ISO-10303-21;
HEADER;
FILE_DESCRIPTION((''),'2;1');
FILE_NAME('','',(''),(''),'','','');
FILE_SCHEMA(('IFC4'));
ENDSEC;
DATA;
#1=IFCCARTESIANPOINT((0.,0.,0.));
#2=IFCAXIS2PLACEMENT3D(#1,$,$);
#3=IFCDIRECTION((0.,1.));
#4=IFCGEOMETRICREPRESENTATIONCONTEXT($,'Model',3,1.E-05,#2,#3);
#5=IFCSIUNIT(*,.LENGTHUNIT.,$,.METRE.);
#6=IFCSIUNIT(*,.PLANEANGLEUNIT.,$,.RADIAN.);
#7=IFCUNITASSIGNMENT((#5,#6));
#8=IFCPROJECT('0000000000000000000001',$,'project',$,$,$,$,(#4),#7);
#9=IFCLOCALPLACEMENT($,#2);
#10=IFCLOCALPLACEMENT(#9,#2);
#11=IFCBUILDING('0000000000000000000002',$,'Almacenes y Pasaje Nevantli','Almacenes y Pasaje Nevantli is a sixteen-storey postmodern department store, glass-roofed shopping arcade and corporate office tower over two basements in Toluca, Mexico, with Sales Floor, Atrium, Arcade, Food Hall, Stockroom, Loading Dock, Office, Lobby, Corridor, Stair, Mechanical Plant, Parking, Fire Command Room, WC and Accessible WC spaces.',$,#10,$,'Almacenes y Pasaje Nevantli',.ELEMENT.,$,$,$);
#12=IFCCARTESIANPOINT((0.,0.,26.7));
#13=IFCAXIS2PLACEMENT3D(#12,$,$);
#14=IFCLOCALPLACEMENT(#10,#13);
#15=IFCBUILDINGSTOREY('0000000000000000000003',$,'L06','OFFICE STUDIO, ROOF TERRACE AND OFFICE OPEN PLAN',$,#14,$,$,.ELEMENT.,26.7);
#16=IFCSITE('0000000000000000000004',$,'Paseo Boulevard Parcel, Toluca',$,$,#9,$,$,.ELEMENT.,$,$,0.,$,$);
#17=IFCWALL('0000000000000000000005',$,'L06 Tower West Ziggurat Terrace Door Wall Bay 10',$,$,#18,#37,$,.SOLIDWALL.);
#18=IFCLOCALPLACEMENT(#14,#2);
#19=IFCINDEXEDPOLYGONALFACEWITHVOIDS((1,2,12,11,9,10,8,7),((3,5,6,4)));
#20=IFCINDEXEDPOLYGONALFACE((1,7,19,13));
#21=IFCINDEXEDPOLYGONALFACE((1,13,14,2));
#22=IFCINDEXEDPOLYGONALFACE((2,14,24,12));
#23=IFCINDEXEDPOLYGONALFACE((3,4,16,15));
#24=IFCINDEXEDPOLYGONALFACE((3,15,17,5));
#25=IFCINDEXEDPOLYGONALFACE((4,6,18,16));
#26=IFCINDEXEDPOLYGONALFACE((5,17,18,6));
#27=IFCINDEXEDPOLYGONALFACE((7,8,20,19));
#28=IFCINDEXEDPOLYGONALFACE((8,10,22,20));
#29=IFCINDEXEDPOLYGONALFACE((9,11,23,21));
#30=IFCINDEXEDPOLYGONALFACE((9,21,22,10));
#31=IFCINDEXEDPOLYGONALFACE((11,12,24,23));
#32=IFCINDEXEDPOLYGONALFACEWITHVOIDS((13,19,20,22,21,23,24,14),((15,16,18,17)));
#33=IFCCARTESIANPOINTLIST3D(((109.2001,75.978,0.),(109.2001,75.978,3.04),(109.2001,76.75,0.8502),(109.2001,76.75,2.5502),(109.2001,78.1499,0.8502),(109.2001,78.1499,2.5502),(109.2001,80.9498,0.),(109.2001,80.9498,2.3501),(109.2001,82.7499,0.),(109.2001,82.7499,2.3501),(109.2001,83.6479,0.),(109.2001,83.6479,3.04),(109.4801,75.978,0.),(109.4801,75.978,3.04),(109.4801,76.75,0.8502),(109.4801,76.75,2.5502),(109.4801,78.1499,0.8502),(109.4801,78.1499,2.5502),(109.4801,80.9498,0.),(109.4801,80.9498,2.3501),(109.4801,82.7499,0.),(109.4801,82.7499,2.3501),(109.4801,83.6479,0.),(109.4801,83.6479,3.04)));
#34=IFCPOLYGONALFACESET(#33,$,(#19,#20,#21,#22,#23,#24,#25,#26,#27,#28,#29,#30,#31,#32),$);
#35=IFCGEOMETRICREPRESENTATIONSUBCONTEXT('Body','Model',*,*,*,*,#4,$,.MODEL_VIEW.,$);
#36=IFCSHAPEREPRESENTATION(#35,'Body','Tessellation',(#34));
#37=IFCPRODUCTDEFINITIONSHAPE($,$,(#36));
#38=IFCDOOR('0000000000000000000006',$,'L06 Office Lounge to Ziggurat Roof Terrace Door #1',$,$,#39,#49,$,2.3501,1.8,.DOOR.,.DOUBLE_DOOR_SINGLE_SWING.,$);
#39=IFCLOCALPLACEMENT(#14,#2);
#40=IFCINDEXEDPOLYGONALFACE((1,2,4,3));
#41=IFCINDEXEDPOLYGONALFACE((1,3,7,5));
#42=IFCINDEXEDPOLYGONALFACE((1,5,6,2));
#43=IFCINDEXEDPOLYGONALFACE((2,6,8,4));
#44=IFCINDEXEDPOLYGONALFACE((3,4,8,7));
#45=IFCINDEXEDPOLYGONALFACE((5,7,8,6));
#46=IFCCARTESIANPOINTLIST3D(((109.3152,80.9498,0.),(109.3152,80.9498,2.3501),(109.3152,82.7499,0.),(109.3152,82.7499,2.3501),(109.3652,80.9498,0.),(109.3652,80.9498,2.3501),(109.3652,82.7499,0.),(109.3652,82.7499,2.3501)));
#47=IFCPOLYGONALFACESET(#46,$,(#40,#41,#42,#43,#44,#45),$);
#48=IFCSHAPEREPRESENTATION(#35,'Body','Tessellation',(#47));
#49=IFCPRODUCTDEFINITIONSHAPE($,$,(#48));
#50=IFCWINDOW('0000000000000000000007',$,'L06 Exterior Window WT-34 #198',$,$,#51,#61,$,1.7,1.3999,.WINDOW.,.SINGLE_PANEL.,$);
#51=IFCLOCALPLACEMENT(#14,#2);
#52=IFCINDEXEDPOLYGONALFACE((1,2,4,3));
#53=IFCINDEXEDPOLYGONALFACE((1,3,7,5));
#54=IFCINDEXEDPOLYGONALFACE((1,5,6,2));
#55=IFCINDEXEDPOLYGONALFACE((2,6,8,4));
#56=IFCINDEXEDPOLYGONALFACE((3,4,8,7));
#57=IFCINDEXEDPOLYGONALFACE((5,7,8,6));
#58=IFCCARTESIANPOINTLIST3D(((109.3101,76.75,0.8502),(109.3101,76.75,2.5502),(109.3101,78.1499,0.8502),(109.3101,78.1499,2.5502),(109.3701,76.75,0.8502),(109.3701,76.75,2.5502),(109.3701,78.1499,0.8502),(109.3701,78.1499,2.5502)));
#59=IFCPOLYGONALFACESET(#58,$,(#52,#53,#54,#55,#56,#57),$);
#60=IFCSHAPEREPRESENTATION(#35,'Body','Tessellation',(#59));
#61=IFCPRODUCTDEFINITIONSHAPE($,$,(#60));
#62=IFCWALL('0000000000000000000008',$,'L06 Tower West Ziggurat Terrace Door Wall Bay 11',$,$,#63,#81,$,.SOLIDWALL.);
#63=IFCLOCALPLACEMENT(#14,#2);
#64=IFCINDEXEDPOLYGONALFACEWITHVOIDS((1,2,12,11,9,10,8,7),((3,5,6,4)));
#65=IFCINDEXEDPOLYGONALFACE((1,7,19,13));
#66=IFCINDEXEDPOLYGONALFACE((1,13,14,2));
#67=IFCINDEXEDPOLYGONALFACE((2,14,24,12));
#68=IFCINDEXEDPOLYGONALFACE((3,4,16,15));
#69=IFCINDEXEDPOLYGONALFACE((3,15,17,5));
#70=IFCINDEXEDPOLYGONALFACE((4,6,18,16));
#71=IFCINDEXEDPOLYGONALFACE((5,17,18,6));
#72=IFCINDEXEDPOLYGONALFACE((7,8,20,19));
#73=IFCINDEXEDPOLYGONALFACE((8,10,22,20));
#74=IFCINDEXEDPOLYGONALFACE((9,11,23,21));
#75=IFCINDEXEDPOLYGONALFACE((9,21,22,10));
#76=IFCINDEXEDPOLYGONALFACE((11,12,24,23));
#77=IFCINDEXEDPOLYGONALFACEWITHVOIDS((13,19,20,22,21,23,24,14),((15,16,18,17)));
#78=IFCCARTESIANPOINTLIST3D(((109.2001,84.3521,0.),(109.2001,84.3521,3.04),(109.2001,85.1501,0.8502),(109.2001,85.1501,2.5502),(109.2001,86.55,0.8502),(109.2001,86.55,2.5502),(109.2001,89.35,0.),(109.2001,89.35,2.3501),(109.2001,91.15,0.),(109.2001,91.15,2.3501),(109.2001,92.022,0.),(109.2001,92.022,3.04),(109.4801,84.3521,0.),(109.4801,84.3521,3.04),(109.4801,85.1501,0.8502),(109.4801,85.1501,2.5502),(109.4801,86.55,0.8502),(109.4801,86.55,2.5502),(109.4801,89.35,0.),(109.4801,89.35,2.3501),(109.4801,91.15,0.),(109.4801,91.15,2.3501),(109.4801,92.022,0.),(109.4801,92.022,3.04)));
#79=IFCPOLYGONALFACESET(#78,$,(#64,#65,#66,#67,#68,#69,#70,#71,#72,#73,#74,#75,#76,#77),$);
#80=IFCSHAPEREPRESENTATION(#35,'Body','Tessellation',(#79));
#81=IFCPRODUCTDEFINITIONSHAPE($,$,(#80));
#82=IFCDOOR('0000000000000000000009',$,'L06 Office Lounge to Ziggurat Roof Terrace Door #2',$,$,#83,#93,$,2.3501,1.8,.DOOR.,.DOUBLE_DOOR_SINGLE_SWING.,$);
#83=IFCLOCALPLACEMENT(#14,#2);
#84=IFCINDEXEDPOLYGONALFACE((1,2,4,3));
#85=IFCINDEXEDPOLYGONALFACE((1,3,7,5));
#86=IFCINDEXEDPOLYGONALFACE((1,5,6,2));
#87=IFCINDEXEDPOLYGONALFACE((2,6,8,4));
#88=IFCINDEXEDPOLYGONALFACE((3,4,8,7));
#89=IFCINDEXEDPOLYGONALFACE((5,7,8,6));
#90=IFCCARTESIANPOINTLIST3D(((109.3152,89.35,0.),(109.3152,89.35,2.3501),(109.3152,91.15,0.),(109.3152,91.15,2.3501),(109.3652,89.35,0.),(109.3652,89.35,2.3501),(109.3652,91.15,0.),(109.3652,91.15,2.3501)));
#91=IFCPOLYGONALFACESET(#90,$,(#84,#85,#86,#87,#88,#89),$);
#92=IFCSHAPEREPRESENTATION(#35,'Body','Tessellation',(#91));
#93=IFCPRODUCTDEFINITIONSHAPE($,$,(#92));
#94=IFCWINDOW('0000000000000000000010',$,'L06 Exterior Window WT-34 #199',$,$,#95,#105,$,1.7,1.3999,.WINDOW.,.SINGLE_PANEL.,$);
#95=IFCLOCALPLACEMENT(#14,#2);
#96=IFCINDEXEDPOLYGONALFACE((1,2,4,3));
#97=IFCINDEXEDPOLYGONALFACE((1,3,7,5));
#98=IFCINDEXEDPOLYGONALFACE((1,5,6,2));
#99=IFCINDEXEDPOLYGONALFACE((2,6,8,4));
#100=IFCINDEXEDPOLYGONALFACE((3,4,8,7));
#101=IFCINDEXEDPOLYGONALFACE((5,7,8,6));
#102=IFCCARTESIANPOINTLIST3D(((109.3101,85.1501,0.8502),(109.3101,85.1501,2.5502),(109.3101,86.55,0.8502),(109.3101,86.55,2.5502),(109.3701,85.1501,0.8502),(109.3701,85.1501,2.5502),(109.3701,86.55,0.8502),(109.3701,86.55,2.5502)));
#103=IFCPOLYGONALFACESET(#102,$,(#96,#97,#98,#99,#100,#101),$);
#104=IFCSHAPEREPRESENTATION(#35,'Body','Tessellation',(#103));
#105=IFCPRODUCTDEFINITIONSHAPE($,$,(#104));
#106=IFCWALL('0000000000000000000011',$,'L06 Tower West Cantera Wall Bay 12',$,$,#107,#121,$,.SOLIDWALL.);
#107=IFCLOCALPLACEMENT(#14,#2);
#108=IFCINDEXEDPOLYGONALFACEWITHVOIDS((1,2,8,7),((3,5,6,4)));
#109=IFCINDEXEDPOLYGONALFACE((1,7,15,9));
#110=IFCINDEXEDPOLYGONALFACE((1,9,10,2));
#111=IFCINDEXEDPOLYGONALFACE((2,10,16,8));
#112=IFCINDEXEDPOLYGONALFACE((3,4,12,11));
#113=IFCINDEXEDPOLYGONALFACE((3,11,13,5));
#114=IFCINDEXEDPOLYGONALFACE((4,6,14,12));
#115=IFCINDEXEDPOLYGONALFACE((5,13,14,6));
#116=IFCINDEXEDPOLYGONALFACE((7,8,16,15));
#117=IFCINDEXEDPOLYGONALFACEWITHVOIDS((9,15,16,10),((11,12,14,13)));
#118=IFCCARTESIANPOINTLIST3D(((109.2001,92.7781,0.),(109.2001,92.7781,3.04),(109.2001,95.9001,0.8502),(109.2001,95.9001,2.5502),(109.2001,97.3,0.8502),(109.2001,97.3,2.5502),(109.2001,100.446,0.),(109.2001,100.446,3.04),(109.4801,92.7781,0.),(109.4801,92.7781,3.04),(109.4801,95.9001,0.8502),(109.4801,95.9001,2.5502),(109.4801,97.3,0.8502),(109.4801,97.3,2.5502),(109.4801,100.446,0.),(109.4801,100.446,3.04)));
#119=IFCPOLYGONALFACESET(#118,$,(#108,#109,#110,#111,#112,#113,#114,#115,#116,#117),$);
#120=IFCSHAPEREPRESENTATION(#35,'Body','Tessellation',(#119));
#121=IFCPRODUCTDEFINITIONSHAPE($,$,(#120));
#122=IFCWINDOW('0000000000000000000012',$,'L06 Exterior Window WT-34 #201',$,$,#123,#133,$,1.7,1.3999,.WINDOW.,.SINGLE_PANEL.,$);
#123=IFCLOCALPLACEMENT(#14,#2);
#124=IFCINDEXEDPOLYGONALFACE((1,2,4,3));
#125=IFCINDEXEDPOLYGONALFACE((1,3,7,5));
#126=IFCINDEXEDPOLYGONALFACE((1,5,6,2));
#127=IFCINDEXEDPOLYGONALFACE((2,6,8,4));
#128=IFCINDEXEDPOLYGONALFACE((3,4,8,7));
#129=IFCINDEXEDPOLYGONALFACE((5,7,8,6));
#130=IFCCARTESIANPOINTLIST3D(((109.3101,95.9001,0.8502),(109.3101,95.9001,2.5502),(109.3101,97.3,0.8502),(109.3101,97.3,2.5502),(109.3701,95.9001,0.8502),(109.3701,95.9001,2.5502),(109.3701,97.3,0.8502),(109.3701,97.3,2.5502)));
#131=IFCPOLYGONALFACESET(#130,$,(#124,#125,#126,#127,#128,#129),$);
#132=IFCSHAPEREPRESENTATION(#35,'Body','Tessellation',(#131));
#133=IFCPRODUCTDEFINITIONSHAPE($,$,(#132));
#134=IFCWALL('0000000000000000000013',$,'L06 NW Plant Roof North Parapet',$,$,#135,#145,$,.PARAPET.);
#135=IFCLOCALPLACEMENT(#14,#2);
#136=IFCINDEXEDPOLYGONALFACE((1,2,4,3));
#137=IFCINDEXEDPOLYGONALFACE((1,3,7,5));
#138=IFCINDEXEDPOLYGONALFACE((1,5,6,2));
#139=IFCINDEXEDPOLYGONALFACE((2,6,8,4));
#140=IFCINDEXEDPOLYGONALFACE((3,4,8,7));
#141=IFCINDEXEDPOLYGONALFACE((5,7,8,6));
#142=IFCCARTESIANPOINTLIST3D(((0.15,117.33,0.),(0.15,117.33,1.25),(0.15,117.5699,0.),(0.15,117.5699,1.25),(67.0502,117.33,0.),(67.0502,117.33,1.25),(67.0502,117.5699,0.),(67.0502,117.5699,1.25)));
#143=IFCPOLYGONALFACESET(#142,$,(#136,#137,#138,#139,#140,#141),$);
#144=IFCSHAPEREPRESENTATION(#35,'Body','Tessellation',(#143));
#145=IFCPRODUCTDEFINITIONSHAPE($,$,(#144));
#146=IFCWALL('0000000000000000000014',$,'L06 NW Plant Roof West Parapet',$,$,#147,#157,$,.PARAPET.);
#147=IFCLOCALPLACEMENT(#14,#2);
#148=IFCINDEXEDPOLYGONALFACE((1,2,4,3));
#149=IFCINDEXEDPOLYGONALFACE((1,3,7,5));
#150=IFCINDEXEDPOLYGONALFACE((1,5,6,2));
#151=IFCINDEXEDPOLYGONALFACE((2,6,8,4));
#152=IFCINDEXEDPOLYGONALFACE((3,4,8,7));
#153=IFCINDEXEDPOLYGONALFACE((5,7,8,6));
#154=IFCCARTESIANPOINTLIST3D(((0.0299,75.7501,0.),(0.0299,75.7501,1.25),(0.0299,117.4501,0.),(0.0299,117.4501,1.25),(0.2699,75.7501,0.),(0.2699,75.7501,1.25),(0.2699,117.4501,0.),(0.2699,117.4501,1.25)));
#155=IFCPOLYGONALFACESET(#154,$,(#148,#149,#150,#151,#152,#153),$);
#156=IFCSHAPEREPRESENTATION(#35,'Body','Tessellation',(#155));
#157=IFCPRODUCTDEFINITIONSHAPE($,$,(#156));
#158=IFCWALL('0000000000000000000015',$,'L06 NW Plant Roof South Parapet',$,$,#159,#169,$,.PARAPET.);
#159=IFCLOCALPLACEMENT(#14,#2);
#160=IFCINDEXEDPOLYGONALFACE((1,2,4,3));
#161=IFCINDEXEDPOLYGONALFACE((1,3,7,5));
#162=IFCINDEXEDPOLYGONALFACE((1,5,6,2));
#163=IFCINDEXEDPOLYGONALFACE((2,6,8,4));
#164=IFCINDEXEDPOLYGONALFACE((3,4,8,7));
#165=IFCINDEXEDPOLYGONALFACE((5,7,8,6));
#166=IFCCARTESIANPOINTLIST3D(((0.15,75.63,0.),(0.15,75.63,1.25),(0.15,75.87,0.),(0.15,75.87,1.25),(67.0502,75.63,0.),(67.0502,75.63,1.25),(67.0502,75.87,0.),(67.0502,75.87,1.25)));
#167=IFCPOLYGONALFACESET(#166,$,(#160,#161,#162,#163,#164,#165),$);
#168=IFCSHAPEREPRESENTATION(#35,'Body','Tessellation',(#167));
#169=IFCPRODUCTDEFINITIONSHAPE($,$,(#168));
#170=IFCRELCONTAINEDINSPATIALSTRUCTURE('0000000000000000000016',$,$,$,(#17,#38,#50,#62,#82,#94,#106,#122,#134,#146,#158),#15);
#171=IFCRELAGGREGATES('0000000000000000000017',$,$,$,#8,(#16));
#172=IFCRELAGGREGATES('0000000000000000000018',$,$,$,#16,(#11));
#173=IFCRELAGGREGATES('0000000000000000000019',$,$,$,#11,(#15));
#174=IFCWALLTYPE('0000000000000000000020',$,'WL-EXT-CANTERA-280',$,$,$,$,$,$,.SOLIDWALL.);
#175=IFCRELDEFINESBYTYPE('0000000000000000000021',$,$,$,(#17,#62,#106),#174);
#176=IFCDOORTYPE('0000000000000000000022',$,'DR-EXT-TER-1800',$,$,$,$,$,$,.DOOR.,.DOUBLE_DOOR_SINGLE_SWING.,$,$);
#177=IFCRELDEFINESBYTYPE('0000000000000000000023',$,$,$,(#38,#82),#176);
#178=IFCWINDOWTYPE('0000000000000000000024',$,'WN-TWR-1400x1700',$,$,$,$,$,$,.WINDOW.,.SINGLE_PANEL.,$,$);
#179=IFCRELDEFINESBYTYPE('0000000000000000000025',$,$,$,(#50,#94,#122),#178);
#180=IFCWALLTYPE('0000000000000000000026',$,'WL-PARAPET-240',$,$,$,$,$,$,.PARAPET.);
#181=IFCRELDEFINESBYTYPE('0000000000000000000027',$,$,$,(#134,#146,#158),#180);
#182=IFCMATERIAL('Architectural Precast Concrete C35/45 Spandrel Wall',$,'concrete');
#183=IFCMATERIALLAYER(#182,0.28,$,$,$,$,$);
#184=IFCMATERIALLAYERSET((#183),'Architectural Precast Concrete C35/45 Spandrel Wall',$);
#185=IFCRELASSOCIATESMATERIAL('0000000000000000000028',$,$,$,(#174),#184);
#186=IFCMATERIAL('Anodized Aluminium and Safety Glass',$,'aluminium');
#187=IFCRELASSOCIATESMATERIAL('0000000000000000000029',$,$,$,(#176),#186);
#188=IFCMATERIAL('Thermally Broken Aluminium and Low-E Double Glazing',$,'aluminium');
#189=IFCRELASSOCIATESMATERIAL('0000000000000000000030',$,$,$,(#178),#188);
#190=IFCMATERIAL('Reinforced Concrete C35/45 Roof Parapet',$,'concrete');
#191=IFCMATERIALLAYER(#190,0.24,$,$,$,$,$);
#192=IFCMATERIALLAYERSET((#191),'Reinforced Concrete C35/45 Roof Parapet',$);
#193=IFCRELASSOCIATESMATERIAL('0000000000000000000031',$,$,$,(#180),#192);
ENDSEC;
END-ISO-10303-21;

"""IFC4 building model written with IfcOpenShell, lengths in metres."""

from ifc_helpers import new_model, si_unit, direction, frame, frame_2d, origin, place, context, subcontext, project, spatial, rectangle, extrude, material, layer, layer_set, type_object, element, fill, save


model = new_model("IFC4")

# Units and contexts
model_context = context("Model", 3, precision=1e-05, world=origin(), true_north=direction((0.0, 1.0)))
body_context = subcontext(model_context, "Body", "Model", "MODEL_VIEW")
ifc_project = project(units=[si_unit("LENGTHUNIT", "METRE"), si_unit("PLANEANGLEUNIT", "RADIAN")], contexts=[model_context])

# Site, building, storey
site_placement = place(None, origin())
site = spatial("IfcSite", under=ifc_project, at=site_placement, Name="Paseo Boulevard Parcel, Toluca", CompositionType="ELEMENT", RefElevation=0.0)
building_placement = place(site_placement, origin())
building = spatial("IfcBuilding", under=site, at=building_placement, Name="Almacenes y Pasaje Nevantli", Description="Almacenes y Pasaje Nevantli is a sixteen-storey postmodern department store, glass-roofed shopping arcade and corporate office tower over two basements in Toluca, Mexico, with Sales Floor, Atrium, Arcade, Food Hall, Stockroom, Loading Dock, Office, Lobby, Corridor, Stair, Mechanical Plant, Parking, Fire Command Room, WC and Accessible WC spaces.", LongName="Almacenes y Pasaje Nevantli", CompositionType="ELEMENT")
storey_placement = place(building_placement, frame((0.0, 0.0, 26.7)))
storey = spatial("IfcBuildingStorey", under=building, at=storey_placement, Name="L06", Description="OFFICE STUDIO, ROOF TERRACE AND OFFICE OPEN PLAN", CompositionType="ELEMENT", Elevation=26.7)

# Walls, openings, doors, windows
ifc_material_1 = material(Name="Architectural Precast Concrete C35/45 Spandrel Wall", Category="concrete")
ifc_layer_1 = layer(ifc_material_1, 0.28)
ifc_layer_set_1 = layer_set([ifc_layer_1], Name="Architectural Precast Concrete C35/45 Spandrel Wall")
wall_type_1 = type_object("IfcWallType", Name="WL-EXT-CANTERA-280", PredefinedType="SOLIDWALL", material=ifc_layer_set_1)
wall_1_placement = place(storey_placement, frame((109.3401, 75.978, 0.0), z_axis=(0.0, 0.0, 1.0), x_axis=(0.0, 1.0, 0.0)))
wall_1 = element("IfcWall", 1, at=wall_1_placement, inside=storey, type_object=wall_type_1, Name="L06 Tower West Ziggurat Terrace Door Wall Bay 10", PredefinedType="SOLIDWALL", context=body_context, shape_type="SweptSolid", body=[
    extrude(rectangle(XDim=7.6699, YDim=0.28, at=frame_2d((3.835, 0.0))), origin(), (0.0, 0.0, 1.0), 3.04),
])
opening_1_placement = place(wall_1_placement, frame((0.772, 0.0, 0.8501)))
opening_1 = element("IfcOpeningElement", 2, at=opening_1_placement, cuts=wall_1, PredefinedType="OPENING", context=body_context, shape_type="SweptSolid", body=[
    extrude(rectangle(XDim=1.3999, YDim=1.7, at=frame_2d((0.7, 0.8501))), frame((0.0, 0.1499, 0.0), z_axis=(0.0, -1.0, 0.0), x_axis=(1.0, 0.0, 0.0)), (0.0, 0.0, 1.0), 0.3),
])
opening_2_placement = place(wall_1_placement, frame((4.9719, 0.0, 0.0)))
opening_2 = element("IfcOpeningElement", 3, at=opening_2_placement, cuts=wall_1, PredefinedType="OPENING", context=body_context, shape_type="SweptSolid", body=[
    extrude(rectangle(XDim=1.8, YDim=2.3501, at=frame_2d((0.8999, 1.175))), frame((0.0, 0.1499, 0.0), z_axis=(0.0, -1.0, 0.0), x_axis=(1.0, 0.0, 0.0)), (0.0, 0.0, 1.0), 0.3),
])
ifc_material_2 = material(Name="Anodized Aluminium and Safety Glass", Category="aluminium")
door_type = type_object("IfcDoorType", Name="DR-EXT-TER-1800", OperationType="DOUBLE_DOOR_SINGLE_SWING", PredefinedType="DOOR", material=ifc_material_2)
door_1_placement = place(opening_2_placement, origin())
door_1 = element("IfcDoor", 4, at=door_1_placement, inside=storey, type_object=door_type, Name="L06 Office Lounge to Ziggurat Roof Terrace Door #1", OperationType="DOUBLE_DOOR_SINGLE_SWING", OverallHeight=2.3501, OverallWidth=1.8, PredefinedType="DOOR", context=body_context, shape_type="SweptSolid", body=[
    extrude(rectangle(XDim=1.8, YDim=2.3501, at=frame_2d((0.8999, 1.175))), frame((0.0, 0.0249, 0.0), z_axis=(0.0, -1.0, 0.0), x_axis=(1.0, 0.0, 0.0)), (0.0, 0.0, 1.0), 0.05),
])
fill(opening_2, door_1)
ifc_material_3 = material(Name="Thermally Broken Aluminium and Low-E Double Glazing", Category="aluminium")
window_type = type_object("IfcWindowType", Name="WN-TWR-1400x1700", PartitioningType="SINGLE_PANEL", PredefinedType="WINDOW", material=ifc_material_3)
window_1_placement = place(opening_1_placement, origin())
window_1 = element("IfcWindow", 5, at=window_1_placement, inside=storey, type_object=window_type, Name="L06 Exterior Window WT-34 #198", OverallHeight=1.7, OverallWidth=1.3999, PartitioningType="SINGLE_PANEL", PredefinedType="WINDOW", context=body_context, shape_type="SweptSolid", body=[
    extrude(rectangle(XDim=1.3999, YDim=1.7, at=frame_2d((0.7, 0.8501))), frame((0.0, 0.03, 0.0), z_axis=(0.0, -1.0, 0.0), x_axis=(1.0, 0.0, 0.0)), (0.0, 0.0, 1.0), 0.0601),
])
fill(opening_1, window_1)
wall_2_placement = place(storey_placement, frame((109.3401, 84.3521, 0.0), z_axis=(0.0, 0.0, 1.0), x_axis=(0.0, 1.0, 0.0)))
wall_2 = element("IfcWall", 6, at=wall_2_placement, inside=storey, type_object=wall_type_1, Name="L06 Tower West Ziggurat Terrace Door Wall Bay 11", PredefinedType="SOLIDWALL", context=body_context, shape_type="SweptSolid", body=[
    extrude(rectangle(XDim=7.6699, YDim=0.28, at=frame_2d((3.835, 0.0))), origin(), (0.0, 0.0, 1.0), 3.04),
])
opening_3_placement = place(wall_2_placement, frame((0.7981, 0.0, 0.8501)))
opening_3 = element("IfcOpeningElement", 7, at=opening_3_placement, cuts=wall_2, PredefinedType="OPENING", context=body_context, shape_type="SweptSolid", body=[
    extrude(rectangle(XDim=1.3999, YDim=1.7, at=frame_2d((0.7, 0.8501))), frame((0.0, 0.1499, 0.0), z_axis=(0.0, -1.0, 0.0), x_axis=(1.0, 0.0, 0.0)), (0.0, 0.0, 1.0), 0.3),
])
opening_4_placement = place(wall_2_placement, frame((4.998, 0.0, 0.0)))
opening_4 = element("IfcOpeningElement", 8, at=opening_4_placement, cuts=wall_2, PredefinedType="OPENING", context=body_context, shape_type="SweptSolid", body=[
    extrude(rectangle(XDim=1.8, YDim=2.3501, at=frame_2d((0.8999, 1.175))), frame((0.0, 0.1499, 0.0), z_axis=(0.0, -1.0, 0.0), x_axis=(1.0, 0.0, 0.0)), (0.0, 0.0, 1.0), 0.3),
])
door_2_placement = place(opening_4_placement, origin())
door_2 = element("IfcDoor", 9, at=door_2_placement, inside=storey, type_object=door_type, Name="L06 Office Lounge to Ziggurat Roof Terrace Door #2", OperationType="DOUBLE_DOOR_SINGLE_SWING", OverallHeight=2.3501, OverallWidth=1.8, PredefinedType="DOOR", context=body_context, shape_type="SweptSolid", body=[
    extrude(rectangle(XDim=1.8, YDim=2.3501, at=frame_2d((0.8999, 1.175))), frame((0.0, 0.0249, 0.0), z_axis=(0.0, -1.0, 0.0), x_axis=(1.0, 0.0, 0.0)), (0.0, 0.0, 1.0), 0.05),
])
fill(opening_4, door_2)
window_2_placement = place(opening_3_placement, origin())
window_2 = element("IfcWindow", 10, at=window_2_placement, inside=storey, type_object=window_type, Name="L06 Exterior Window WT-34 #199", OverallHeight=1.7, OverallWidth=1.3999, PartitioningType="SINGLE_PANEL", PredefinedType="WINDOW", context=body_context, shape_type="SweptSolid", body=[
    extrude(rectangle(XDim=1.3999, YDim=1.7, at=frame_2d((0.7, 0.8501))), frame((0.0, 0.03, 0.0), z_axis=(0.0, -1.0, 0.0), x_axis=(1.0, 0.0, 0.0)), (0.0, 0.0, 1.0), 0.0601),
])
fill(opening_3, window_2)

# Wall, opening, window
wall_3_placement = place(storey_placement, frame((109.3401, 92.7781, 0.0), z_axis=(0.0, 0.0, 1.0), x_axis=(0.0, 1.0, 0.0)))
wall_3 = element("IfcWall", 11, at=wall_3_placement, inside=storey, type_object=wall_type_1, Name="L06 Tower West Cantera Wall Bay 12", PredefinedType="SOLIDWALL", context=body_context, shape_type="SweptSolid", body=[
    extrude(rectangle(XDim=7.668, YDim=0.28, at=frame_2d((3.834, 0.0))), origin(), (0.0, 0.0, 1.0), 3.04),
])
opening_5_placement = place(wall_3_placement, frame((3.1221, 0.0, 0.8501)))
opening_5 = element("IfcOpeningElement", 12, at=opening_5_placement, cuts=wall_3, PredefinedType="OPENING", context=body_context, shape_type="SweptSolid", body=[
    extrude(rectangle(XDim=1.3999, YDim=1.7, at=frame_2d((0.7, 0.8501))), frame((0.0, 0.1499, 0.0), z_axis=(0.0, -1.0, 0.0), x_axis=(1.0, 0.0, 0.0)), (0.0, 0.0, 1.0), 0.3),
])
window_3_placement = place(opening_5_placement, origin())
window_3 = element("IfcWindow", 13, at=window_3_placement, inside=storey, type_object=window_type, Name="L06 Exterior Window WT-34 #201", OverallHeight=1.7, OverallWidth=1.3999, PartitioningType="SINGLE_PANEL", PredefinedType="WINDOW", context=body_context, shape_type="SweptSolid", body=[
    extrude(rectangle(XDim=1.3999, YDim=1.7, at=frame_2d((0.7, 0.8501))), frame((0.0, 0.03, 0.0), z_axis=(0.0, -1.0, 0.0), x_axis=(1.0, 0.0, 0.0)), (0.0, 0.0, 1.0), 0.0601),
])
fill(opening_5, window_3)

# Walls
ifc_material_4 = material(Name="Reinforced Concrete C35/45 Roof Parapet", Category="concrete")
ifc_layer_2 = layer(ifc_material_4, 0.24)
ifc_layer_set_2 = layer_set([ifc_layer_2], Name="Reinforced Concrete C35/45 Roof Parapet")
wall_type_2 = type_object("IfcWallType", Name="WL-PARAPET-240", PredefinedType="PARAPET", material=ifc_layer_set_2)
wall_4_placement = place(storey_placement, frame((0.1499, 117.45, 0.0), z_axis=(0.0, 0.0, 1.0), x_axis=(1.0, 0.0, 0.0)))
element("IfcWall", 14, at=wall_4_placement, inside=storey, type_object=wall_type_2, Name="L06 NW Plant Roof North Parapet", PredefinedType="PARAPET", context=body_context, shape_type="SweptSolid", body=[
    extrude(rectangle(XDim=66.9001, YDim=0.24, at=frame_2d((33.4502, 0.0))), origin(), (0.0, 0.0, 1.0), 1.25),
])
wall_5_placement = place(storey_placement, frame((0.1499, 75.75, 0.0), z_axis=(0.0, 0.0, 1.0), x_axis=(0.0, 1.0, 0.0)))
element("IfcWall", 15, at=wall_5_placement, inside=storey, type_object=wall_type_2, Name="L06 NW Plant Roof West Parapet", PredefinedType="PARAPET", context=body_context, shape_type="SweptSolid", body=[
    extrude(rectangle(XDim=41.7, YDim=0.24, at=frame_2d((20.8501, 0.0))), origin(), (0.0, 0.0, 1.0), 1.25),
])
wall_6_placement = place(storey_placement, frame((0.1499, 75.75, 0.0), z_axis=(0.0, 0.0, 1.0), x_axis=(1.0, 0.0, 0.0)))
element("IfcWall", 16, at=wall_6_placement, inside=storey, type_object=wall_type_2, Name="L06 NW Plant Roof South Parapet", PredefinedType="PARAPET", context=body_context, shape_type="SweptSolid", body=[
    extrude(rectangle(XDim=66.9001, YDim=0.24, at=frame_2d((33.4502, 0.0))), origin(), (0.0, 0.0, 1.0), 1.25),
])

save(model, "model.ifc")
